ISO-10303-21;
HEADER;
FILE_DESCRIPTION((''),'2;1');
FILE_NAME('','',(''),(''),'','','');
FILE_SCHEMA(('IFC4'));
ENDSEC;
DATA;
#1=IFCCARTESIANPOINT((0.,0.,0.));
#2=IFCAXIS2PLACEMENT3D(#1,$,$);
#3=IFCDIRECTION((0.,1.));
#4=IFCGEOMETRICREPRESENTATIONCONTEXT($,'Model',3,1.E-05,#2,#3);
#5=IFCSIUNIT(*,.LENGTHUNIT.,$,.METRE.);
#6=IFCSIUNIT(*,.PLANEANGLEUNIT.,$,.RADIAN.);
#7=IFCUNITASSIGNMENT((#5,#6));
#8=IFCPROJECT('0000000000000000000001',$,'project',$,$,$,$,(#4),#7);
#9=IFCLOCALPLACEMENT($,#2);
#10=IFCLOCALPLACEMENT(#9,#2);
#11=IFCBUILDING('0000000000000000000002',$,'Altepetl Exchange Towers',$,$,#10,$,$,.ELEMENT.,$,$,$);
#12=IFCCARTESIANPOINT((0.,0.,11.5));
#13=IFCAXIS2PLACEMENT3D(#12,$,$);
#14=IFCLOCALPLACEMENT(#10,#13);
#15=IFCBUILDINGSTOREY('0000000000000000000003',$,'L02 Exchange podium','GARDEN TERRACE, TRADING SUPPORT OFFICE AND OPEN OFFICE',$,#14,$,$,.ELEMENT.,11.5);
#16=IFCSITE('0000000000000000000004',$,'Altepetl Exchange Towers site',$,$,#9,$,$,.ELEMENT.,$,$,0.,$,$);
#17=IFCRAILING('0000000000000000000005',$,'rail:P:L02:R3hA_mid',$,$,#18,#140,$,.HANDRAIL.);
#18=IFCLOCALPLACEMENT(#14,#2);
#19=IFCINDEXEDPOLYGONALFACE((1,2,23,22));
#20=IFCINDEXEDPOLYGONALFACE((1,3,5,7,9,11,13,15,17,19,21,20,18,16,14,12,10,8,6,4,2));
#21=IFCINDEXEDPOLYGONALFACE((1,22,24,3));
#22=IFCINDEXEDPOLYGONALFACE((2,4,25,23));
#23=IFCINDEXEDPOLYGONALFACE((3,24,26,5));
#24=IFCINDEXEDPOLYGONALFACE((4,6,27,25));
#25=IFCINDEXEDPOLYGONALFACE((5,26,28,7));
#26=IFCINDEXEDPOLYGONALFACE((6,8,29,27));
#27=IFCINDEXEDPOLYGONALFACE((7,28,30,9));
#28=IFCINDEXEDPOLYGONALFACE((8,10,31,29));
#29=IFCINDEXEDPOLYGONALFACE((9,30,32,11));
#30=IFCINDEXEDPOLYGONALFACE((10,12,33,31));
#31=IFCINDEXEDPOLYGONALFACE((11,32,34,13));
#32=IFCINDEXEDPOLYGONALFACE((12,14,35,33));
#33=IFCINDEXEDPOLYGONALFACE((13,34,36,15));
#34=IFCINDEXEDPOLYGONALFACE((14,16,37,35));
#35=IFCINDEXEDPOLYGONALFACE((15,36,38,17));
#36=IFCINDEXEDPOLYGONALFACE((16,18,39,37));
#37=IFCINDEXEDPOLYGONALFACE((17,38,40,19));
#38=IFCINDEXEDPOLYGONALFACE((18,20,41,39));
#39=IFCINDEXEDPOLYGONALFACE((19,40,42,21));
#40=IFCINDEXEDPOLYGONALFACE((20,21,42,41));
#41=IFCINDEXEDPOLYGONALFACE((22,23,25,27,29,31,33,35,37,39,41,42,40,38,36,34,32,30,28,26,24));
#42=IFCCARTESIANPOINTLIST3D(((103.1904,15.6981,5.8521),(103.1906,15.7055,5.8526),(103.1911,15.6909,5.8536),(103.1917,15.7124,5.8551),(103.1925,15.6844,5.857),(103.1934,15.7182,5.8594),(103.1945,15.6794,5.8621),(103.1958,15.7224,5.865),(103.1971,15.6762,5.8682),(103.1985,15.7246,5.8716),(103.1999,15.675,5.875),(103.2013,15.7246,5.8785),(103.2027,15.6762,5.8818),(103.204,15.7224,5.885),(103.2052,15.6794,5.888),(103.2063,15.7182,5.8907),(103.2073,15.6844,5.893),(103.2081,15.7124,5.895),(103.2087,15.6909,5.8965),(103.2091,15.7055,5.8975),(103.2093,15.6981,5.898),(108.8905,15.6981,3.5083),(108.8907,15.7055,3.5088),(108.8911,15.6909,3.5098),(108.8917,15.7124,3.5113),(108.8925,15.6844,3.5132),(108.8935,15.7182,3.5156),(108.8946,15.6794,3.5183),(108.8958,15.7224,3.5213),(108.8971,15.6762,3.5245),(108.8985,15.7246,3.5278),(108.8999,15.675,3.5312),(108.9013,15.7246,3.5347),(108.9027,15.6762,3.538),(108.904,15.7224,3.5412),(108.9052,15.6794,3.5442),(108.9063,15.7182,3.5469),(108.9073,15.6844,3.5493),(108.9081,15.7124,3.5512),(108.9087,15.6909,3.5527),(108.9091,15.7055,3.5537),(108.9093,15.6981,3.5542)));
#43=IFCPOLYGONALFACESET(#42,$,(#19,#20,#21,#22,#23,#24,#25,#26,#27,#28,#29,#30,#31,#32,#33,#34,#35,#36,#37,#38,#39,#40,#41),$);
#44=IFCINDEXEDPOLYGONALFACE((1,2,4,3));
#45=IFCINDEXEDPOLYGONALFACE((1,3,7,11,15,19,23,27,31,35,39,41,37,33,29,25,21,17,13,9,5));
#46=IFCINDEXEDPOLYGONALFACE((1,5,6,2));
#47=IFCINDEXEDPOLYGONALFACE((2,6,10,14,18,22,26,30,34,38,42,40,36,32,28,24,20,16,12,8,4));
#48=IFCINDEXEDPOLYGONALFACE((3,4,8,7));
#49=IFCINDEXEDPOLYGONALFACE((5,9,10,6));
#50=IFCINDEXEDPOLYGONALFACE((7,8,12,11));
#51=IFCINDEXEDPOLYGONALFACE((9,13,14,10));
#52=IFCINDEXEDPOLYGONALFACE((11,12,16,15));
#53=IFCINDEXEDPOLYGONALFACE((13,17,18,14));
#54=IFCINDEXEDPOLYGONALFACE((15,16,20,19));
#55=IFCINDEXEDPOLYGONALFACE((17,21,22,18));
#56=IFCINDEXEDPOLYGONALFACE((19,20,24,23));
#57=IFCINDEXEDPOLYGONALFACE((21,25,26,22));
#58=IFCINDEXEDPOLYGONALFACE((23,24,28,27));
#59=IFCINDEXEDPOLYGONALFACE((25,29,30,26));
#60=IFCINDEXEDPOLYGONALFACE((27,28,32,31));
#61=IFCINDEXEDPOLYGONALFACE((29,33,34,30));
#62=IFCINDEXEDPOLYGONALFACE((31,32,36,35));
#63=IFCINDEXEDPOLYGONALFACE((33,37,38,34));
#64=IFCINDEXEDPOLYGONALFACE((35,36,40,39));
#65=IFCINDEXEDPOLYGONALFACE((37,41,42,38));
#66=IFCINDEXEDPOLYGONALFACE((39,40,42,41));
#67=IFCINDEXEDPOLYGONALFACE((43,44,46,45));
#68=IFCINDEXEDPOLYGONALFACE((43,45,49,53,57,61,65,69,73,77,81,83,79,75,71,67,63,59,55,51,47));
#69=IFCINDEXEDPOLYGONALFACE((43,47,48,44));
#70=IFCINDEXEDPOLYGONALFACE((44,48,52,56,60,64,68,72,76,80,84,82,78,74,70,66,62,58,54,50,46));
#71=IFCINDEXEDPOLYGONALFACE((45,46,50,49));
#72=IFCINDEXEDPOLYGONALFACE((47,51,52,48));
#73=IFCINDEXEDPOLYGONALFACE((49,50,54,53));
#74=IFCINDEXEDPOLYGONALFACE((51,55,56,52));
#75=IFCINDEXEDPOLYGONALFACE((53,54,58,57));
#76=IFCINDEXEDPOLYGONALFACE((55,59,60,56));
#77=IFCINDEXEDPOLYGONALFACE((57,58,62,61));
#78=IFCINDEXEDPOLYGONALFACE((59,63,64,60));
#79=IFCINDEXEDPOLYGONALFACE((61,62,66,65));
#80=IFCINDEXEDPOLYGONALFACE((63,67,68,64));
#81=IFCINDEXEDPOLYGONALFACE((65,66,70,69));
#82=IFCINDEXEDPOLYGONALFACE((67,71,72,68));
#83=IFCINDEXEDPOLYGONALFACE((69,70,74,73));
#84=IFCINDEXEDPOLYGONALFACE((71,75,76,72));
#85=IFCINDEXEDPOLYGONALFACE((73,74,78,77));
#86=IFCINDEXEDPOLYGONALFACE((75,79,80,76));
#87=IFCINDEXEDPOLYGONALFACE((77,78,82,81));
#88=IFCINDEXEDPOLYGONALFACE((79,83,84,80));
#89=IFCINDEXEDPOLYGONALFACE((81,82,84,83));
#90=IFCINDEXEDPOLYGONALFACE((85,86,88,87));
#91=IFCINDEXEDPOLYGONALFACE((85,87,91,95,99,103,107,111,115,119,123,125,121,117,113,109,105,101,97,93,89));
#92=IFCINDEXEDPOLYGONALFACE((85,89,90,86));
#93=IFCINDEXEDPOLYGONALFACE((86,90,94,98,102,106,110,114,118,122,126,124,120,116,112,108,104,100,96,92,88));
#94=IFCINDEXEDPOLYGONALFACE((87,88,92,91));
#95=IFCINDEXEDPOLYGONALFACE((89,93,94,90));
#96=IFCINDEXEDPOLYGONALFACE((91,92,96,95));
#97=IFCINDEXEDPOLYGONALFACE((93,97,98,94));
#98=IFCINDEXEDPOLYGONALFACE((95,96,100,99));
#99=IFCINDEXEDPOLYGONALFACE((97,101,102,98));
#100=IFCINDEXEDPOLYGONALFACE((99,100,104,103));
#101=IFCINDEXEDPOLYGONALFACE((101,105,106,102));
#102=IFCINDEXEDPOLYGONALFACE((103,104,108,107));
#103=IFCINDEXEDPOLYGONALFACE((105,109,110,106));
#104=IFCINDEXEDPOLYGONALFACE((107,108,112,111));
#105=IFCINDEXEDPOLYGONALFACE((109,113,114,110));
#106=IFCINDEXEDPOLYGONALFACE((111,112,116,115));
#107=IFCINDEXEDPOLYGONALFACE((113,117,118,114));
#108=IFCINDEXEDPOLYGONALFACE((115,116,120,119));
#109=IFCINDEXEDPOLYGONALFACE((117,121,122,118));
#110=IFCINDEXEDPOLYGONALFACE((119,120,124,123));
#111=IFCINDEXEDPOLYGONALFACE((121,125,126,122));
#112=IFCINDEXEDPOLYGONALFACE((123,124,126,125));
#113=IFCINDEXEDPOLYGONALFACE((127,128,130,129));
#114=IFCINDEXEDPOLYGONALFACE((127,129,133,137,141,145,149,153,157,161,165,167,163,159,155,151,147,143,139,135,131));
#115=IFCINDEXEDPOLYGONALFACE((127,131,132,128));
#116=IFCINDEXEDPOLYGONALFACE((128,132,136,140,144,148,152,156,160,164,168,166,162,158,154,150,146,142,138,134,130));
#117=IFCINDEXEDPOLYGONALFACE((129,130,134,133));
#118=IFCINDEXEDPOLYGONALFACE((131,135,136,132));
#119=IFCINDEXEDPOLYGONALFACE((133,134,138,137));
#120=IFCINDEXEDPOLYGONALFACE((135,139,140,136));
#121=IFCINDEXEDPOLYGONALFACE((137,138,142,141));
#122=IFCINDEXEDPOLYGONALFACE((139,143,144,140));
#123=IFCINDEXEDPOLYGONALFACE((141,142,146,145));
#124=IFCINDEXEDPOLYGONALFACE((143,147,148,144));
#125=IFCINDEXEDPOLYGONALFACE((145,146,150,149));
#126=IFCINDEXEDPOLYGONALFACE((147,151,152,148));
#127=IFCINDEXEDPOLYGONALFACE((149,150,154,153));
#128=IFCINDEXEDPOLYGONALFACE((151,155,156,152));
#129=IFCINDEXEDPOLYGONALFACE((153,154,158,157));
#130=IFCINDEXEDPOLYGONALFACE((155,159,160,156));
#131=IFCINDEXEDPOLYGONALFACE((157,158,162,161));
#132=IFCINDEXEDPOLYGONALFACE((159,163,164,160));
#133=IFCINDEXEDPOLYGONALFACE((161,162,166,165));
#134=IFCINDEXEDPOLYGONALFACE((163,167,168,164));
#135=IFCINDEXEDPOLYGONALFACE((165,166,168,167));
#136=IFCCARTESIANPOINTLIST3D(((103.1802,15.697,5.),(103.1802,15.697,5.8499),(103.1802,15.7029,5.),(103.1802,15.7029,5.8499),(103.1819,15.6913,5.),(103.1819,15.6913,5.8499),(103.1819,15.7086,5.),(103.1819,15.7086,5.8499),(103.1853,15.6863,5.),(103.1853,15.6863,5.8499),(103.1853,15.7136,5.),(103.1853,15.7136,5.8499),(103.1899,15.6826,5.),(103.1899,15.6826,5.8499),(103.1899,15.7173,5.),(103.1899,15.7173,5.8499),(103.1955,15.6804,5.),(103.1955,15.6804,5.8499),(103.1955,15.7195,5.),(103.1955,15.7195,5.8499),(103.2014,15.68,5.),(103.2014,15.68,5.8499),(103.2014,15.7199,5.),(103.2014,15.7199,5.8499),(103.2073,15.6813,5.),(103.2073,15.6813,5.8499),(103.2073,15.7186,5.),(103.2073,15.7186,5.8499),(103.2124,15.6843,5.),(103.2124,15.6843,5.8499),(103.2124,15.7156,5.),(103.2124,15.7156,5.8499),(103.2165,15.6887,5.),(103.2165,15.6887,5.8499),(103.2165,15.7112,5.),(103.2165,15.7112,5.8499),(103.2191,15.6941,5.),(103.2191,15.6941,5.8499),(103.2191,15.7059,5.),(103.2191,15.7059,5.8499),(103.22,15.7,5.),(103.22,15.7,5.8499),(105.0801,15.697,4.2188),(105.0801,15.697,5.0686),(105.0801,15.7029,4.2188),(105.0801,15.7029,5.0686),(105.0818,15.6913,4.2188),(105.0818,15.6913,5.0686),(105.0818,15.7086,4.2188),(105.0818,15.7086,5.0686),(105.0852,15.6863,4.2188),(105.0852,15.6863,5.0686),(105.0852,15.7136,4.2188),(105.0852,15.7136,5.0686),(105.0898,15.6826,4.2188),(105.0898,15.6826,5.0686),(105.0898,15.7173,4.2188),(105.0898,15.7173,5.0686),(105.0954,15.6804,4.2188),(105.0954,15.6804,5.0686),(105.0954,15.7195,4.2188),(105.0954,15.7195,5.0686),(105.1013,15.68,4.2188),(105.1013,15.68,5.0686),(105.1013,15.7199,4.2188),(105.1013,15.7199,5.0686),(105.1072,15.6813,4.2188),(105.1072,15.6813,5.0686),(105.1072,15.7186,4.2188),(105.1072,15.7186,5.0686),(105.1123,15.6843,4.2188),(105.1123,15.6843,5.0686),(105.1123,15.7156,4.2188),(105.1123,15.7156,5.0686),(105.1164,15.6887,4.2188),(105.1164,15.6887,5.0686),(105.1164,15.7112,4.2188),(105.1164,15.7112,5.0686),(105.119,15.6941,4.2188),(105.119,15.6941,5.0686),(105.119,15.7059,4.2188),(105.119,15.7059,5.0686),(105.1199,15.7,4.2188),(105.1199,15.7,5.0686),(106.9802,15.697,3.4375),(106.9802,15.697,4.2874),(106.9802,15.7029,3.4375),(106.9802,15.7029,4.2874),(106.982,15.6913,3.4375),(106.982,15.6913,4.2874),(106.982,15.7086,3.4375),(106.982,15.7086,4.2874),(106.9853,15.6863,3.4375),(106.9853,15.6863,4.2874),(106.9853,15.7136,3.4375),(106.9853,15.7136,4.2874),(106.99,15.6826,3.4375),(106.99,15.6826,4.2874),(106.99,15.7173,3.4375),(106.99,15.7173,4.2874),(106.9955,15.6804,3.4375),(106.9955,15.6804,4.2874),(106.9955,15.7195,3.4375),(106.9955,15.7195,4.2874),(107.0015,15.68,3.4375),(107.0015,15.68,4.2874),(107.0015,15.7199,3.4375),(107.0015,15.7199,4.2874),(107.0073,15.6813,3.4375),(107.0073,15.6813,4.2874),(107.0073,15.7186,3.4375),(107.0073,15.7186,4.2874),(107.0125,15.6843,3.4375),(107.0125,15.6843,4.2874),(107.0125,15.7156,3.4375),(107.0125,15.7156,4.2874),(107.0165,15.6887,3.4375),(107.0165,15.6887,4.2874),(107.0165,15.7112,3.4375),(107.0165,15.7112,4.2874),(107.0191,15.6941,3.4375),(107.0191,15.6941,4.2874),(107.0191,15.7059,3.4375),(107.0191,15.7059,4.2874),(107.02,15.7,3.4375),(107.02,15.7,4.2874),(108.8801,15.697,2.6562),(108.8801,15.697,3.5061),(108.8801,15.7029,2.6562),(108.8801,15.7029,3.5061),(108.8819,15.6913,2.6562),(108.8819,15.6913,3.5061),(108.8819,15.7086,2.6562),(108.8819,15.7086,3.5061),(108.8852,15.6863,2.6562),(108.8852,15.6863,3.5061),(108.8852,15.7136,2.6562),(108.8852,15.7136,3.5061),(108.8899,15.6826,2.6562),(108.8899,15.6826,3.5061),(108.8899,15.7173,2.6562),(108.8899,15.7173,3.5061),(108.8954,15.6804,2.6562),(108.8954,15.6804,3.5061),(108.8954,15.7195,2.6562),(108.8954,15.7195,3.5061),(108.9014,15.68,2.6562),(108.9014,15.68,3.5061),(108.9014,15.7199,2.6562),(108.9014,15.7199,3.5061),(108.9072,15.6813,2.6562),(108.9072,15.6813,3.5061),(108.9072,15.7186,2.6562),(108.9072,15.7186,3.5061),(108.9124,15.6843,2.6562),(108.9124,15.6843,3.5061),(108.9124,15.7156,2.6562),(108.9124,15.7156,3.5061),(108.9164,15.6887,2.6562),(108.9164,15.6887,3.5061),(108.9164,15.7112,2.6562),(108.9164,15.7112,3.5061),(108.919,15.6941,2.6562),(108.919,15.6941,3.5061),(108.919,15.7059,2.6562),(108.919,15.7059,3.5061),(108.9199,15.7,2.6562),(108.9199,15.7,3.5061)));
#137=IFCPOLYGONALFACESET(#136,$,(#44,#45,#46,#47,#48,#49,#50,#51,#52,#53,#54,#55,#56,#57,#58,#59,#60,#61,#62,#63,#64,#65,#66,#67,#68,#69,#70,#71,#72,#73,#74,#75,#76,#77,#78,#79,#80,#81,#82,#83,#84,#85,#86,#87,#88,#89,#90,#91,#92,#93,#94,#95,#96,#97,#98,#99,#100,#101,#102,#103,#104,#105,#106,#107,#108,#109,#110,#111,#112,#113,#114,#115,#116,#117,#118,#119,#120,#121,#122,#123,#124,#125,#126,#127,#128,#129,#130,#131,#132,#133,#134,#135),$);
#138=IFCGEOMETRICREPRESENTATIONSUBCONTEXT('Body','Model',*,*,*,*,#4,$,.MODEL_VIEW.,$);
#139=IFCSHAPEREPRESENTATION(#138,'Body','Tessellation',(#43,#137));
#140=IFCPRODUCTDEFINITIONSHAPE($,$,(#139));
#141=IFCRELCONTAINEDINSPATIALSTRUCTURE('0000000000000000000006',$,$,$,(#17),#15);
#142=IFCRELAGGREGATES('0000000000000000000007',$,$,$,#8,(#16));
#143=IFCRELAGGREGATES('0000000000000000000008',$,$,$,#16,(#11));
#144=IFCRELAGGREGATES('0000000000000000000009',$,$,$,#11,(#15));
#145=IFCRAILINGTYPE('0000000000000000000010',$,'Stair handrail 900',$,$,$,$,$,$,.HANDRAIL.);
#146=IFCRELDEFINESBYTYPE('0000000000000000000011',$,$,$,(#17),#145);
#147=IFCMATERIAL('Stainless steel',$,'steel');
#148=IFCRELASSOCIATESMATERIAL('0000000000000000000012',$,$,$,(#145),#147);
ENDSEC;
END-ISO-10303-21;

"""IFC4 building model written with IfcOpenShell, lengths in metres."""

from ifc_helpers import new_model, si_unit, direction, frame, origin, origin_2d, place, context, subcontext, project, spatial, circle, extrude, source, transform, mapped, material, type_object, element, save


model = new_model("IFC4")

# Units and contexts
model_context = context("Model", 3, precision=1e-05, world=origin(), true_north=direction((0.0, 1.0)))
body_context = subcontext(model_context, "Body", "Model", "MODEL_VIEW")
ifc_project = project(units=[si_unit("LENGTHUNIT", "METRE"), si_unit("PLANEANGLEUNIT", "RADIAN")], contexts=[model_context])

# Site, building, storey
site_placement = place(None, origin())
site = spatial("IfcSite", under=ifc_project, at=site_placement, Name="Altepetl Exchange Towers site", CompositionType="ELEMENT", RefElevation=0.0)
building_placement = place(site_placement, origin())
building = spatial("IfcBuilding", under=site, at=building_placement, Name="Altepetl Exchange Towers", CompositionType="ELEMENT")
storey_placement = place(building_placement, frame((0.0, 0.0, 11.5)))
storey = spatial("IfcBuildingStorey", under=building, at=storey_placement, Name="L02 Exchange podium", Description="GARDEN TERRACE, TRADING SUPPORT OFFICE AND OPEN OFFICE", CompositionType="ELEMENT", Elevation=11.5)

# Railing
ifc_material_1 = material(Name="Stainless steel", Category="steel")
railing_type_1 = type_object("IfcRailingType", Name="Stair handrail 900", PredefinedType="HANDRAIL", material=ifc_material_1)
shared_shape_1 = source(origin(), body_context, "Body", "SweptSolid", [
    extrude(circle(Radius=0.02, at=origin_2d()), origin(), (0.0, 0.0, 1.0), 0.8499),
])
for number, where, name in (
    (1, (108.8999, 15.7, 2.6562), "rail:P:L02:R3hA_mid"),
):
    element("IfcRailing", number, at=place(storey_placement, frame(where)), inside=storey, type_object=railing_type_1, Name=name, PredefinedType="HANDRAIL", context=body_context, shape_type="SweptSolid", body=[
        extrude(circle(Radius=0.0249, at=origin_2d()), frame((0.0, 0.0, 0.875), z_axis=(-0.924866, 0.0, 0.380293), x_axis=(0.0, -1.0, 0.0)), (0.0, 0.0, 1.0), 6.1631),
        mapped(shared_shape_1, transform((0.0, 0.0, 0.0))),
        mapped(shared_shape_1, transform((-1.8999, 0.0, 0.7812))),
        mapped(shared_shape_1, transform((-3.8, 0.0, 1.5625))),
        mapped(shared_shape_1, transform((-5.7, 0.0, 2.3438))),
    ])

save(model, "model.ifc")
